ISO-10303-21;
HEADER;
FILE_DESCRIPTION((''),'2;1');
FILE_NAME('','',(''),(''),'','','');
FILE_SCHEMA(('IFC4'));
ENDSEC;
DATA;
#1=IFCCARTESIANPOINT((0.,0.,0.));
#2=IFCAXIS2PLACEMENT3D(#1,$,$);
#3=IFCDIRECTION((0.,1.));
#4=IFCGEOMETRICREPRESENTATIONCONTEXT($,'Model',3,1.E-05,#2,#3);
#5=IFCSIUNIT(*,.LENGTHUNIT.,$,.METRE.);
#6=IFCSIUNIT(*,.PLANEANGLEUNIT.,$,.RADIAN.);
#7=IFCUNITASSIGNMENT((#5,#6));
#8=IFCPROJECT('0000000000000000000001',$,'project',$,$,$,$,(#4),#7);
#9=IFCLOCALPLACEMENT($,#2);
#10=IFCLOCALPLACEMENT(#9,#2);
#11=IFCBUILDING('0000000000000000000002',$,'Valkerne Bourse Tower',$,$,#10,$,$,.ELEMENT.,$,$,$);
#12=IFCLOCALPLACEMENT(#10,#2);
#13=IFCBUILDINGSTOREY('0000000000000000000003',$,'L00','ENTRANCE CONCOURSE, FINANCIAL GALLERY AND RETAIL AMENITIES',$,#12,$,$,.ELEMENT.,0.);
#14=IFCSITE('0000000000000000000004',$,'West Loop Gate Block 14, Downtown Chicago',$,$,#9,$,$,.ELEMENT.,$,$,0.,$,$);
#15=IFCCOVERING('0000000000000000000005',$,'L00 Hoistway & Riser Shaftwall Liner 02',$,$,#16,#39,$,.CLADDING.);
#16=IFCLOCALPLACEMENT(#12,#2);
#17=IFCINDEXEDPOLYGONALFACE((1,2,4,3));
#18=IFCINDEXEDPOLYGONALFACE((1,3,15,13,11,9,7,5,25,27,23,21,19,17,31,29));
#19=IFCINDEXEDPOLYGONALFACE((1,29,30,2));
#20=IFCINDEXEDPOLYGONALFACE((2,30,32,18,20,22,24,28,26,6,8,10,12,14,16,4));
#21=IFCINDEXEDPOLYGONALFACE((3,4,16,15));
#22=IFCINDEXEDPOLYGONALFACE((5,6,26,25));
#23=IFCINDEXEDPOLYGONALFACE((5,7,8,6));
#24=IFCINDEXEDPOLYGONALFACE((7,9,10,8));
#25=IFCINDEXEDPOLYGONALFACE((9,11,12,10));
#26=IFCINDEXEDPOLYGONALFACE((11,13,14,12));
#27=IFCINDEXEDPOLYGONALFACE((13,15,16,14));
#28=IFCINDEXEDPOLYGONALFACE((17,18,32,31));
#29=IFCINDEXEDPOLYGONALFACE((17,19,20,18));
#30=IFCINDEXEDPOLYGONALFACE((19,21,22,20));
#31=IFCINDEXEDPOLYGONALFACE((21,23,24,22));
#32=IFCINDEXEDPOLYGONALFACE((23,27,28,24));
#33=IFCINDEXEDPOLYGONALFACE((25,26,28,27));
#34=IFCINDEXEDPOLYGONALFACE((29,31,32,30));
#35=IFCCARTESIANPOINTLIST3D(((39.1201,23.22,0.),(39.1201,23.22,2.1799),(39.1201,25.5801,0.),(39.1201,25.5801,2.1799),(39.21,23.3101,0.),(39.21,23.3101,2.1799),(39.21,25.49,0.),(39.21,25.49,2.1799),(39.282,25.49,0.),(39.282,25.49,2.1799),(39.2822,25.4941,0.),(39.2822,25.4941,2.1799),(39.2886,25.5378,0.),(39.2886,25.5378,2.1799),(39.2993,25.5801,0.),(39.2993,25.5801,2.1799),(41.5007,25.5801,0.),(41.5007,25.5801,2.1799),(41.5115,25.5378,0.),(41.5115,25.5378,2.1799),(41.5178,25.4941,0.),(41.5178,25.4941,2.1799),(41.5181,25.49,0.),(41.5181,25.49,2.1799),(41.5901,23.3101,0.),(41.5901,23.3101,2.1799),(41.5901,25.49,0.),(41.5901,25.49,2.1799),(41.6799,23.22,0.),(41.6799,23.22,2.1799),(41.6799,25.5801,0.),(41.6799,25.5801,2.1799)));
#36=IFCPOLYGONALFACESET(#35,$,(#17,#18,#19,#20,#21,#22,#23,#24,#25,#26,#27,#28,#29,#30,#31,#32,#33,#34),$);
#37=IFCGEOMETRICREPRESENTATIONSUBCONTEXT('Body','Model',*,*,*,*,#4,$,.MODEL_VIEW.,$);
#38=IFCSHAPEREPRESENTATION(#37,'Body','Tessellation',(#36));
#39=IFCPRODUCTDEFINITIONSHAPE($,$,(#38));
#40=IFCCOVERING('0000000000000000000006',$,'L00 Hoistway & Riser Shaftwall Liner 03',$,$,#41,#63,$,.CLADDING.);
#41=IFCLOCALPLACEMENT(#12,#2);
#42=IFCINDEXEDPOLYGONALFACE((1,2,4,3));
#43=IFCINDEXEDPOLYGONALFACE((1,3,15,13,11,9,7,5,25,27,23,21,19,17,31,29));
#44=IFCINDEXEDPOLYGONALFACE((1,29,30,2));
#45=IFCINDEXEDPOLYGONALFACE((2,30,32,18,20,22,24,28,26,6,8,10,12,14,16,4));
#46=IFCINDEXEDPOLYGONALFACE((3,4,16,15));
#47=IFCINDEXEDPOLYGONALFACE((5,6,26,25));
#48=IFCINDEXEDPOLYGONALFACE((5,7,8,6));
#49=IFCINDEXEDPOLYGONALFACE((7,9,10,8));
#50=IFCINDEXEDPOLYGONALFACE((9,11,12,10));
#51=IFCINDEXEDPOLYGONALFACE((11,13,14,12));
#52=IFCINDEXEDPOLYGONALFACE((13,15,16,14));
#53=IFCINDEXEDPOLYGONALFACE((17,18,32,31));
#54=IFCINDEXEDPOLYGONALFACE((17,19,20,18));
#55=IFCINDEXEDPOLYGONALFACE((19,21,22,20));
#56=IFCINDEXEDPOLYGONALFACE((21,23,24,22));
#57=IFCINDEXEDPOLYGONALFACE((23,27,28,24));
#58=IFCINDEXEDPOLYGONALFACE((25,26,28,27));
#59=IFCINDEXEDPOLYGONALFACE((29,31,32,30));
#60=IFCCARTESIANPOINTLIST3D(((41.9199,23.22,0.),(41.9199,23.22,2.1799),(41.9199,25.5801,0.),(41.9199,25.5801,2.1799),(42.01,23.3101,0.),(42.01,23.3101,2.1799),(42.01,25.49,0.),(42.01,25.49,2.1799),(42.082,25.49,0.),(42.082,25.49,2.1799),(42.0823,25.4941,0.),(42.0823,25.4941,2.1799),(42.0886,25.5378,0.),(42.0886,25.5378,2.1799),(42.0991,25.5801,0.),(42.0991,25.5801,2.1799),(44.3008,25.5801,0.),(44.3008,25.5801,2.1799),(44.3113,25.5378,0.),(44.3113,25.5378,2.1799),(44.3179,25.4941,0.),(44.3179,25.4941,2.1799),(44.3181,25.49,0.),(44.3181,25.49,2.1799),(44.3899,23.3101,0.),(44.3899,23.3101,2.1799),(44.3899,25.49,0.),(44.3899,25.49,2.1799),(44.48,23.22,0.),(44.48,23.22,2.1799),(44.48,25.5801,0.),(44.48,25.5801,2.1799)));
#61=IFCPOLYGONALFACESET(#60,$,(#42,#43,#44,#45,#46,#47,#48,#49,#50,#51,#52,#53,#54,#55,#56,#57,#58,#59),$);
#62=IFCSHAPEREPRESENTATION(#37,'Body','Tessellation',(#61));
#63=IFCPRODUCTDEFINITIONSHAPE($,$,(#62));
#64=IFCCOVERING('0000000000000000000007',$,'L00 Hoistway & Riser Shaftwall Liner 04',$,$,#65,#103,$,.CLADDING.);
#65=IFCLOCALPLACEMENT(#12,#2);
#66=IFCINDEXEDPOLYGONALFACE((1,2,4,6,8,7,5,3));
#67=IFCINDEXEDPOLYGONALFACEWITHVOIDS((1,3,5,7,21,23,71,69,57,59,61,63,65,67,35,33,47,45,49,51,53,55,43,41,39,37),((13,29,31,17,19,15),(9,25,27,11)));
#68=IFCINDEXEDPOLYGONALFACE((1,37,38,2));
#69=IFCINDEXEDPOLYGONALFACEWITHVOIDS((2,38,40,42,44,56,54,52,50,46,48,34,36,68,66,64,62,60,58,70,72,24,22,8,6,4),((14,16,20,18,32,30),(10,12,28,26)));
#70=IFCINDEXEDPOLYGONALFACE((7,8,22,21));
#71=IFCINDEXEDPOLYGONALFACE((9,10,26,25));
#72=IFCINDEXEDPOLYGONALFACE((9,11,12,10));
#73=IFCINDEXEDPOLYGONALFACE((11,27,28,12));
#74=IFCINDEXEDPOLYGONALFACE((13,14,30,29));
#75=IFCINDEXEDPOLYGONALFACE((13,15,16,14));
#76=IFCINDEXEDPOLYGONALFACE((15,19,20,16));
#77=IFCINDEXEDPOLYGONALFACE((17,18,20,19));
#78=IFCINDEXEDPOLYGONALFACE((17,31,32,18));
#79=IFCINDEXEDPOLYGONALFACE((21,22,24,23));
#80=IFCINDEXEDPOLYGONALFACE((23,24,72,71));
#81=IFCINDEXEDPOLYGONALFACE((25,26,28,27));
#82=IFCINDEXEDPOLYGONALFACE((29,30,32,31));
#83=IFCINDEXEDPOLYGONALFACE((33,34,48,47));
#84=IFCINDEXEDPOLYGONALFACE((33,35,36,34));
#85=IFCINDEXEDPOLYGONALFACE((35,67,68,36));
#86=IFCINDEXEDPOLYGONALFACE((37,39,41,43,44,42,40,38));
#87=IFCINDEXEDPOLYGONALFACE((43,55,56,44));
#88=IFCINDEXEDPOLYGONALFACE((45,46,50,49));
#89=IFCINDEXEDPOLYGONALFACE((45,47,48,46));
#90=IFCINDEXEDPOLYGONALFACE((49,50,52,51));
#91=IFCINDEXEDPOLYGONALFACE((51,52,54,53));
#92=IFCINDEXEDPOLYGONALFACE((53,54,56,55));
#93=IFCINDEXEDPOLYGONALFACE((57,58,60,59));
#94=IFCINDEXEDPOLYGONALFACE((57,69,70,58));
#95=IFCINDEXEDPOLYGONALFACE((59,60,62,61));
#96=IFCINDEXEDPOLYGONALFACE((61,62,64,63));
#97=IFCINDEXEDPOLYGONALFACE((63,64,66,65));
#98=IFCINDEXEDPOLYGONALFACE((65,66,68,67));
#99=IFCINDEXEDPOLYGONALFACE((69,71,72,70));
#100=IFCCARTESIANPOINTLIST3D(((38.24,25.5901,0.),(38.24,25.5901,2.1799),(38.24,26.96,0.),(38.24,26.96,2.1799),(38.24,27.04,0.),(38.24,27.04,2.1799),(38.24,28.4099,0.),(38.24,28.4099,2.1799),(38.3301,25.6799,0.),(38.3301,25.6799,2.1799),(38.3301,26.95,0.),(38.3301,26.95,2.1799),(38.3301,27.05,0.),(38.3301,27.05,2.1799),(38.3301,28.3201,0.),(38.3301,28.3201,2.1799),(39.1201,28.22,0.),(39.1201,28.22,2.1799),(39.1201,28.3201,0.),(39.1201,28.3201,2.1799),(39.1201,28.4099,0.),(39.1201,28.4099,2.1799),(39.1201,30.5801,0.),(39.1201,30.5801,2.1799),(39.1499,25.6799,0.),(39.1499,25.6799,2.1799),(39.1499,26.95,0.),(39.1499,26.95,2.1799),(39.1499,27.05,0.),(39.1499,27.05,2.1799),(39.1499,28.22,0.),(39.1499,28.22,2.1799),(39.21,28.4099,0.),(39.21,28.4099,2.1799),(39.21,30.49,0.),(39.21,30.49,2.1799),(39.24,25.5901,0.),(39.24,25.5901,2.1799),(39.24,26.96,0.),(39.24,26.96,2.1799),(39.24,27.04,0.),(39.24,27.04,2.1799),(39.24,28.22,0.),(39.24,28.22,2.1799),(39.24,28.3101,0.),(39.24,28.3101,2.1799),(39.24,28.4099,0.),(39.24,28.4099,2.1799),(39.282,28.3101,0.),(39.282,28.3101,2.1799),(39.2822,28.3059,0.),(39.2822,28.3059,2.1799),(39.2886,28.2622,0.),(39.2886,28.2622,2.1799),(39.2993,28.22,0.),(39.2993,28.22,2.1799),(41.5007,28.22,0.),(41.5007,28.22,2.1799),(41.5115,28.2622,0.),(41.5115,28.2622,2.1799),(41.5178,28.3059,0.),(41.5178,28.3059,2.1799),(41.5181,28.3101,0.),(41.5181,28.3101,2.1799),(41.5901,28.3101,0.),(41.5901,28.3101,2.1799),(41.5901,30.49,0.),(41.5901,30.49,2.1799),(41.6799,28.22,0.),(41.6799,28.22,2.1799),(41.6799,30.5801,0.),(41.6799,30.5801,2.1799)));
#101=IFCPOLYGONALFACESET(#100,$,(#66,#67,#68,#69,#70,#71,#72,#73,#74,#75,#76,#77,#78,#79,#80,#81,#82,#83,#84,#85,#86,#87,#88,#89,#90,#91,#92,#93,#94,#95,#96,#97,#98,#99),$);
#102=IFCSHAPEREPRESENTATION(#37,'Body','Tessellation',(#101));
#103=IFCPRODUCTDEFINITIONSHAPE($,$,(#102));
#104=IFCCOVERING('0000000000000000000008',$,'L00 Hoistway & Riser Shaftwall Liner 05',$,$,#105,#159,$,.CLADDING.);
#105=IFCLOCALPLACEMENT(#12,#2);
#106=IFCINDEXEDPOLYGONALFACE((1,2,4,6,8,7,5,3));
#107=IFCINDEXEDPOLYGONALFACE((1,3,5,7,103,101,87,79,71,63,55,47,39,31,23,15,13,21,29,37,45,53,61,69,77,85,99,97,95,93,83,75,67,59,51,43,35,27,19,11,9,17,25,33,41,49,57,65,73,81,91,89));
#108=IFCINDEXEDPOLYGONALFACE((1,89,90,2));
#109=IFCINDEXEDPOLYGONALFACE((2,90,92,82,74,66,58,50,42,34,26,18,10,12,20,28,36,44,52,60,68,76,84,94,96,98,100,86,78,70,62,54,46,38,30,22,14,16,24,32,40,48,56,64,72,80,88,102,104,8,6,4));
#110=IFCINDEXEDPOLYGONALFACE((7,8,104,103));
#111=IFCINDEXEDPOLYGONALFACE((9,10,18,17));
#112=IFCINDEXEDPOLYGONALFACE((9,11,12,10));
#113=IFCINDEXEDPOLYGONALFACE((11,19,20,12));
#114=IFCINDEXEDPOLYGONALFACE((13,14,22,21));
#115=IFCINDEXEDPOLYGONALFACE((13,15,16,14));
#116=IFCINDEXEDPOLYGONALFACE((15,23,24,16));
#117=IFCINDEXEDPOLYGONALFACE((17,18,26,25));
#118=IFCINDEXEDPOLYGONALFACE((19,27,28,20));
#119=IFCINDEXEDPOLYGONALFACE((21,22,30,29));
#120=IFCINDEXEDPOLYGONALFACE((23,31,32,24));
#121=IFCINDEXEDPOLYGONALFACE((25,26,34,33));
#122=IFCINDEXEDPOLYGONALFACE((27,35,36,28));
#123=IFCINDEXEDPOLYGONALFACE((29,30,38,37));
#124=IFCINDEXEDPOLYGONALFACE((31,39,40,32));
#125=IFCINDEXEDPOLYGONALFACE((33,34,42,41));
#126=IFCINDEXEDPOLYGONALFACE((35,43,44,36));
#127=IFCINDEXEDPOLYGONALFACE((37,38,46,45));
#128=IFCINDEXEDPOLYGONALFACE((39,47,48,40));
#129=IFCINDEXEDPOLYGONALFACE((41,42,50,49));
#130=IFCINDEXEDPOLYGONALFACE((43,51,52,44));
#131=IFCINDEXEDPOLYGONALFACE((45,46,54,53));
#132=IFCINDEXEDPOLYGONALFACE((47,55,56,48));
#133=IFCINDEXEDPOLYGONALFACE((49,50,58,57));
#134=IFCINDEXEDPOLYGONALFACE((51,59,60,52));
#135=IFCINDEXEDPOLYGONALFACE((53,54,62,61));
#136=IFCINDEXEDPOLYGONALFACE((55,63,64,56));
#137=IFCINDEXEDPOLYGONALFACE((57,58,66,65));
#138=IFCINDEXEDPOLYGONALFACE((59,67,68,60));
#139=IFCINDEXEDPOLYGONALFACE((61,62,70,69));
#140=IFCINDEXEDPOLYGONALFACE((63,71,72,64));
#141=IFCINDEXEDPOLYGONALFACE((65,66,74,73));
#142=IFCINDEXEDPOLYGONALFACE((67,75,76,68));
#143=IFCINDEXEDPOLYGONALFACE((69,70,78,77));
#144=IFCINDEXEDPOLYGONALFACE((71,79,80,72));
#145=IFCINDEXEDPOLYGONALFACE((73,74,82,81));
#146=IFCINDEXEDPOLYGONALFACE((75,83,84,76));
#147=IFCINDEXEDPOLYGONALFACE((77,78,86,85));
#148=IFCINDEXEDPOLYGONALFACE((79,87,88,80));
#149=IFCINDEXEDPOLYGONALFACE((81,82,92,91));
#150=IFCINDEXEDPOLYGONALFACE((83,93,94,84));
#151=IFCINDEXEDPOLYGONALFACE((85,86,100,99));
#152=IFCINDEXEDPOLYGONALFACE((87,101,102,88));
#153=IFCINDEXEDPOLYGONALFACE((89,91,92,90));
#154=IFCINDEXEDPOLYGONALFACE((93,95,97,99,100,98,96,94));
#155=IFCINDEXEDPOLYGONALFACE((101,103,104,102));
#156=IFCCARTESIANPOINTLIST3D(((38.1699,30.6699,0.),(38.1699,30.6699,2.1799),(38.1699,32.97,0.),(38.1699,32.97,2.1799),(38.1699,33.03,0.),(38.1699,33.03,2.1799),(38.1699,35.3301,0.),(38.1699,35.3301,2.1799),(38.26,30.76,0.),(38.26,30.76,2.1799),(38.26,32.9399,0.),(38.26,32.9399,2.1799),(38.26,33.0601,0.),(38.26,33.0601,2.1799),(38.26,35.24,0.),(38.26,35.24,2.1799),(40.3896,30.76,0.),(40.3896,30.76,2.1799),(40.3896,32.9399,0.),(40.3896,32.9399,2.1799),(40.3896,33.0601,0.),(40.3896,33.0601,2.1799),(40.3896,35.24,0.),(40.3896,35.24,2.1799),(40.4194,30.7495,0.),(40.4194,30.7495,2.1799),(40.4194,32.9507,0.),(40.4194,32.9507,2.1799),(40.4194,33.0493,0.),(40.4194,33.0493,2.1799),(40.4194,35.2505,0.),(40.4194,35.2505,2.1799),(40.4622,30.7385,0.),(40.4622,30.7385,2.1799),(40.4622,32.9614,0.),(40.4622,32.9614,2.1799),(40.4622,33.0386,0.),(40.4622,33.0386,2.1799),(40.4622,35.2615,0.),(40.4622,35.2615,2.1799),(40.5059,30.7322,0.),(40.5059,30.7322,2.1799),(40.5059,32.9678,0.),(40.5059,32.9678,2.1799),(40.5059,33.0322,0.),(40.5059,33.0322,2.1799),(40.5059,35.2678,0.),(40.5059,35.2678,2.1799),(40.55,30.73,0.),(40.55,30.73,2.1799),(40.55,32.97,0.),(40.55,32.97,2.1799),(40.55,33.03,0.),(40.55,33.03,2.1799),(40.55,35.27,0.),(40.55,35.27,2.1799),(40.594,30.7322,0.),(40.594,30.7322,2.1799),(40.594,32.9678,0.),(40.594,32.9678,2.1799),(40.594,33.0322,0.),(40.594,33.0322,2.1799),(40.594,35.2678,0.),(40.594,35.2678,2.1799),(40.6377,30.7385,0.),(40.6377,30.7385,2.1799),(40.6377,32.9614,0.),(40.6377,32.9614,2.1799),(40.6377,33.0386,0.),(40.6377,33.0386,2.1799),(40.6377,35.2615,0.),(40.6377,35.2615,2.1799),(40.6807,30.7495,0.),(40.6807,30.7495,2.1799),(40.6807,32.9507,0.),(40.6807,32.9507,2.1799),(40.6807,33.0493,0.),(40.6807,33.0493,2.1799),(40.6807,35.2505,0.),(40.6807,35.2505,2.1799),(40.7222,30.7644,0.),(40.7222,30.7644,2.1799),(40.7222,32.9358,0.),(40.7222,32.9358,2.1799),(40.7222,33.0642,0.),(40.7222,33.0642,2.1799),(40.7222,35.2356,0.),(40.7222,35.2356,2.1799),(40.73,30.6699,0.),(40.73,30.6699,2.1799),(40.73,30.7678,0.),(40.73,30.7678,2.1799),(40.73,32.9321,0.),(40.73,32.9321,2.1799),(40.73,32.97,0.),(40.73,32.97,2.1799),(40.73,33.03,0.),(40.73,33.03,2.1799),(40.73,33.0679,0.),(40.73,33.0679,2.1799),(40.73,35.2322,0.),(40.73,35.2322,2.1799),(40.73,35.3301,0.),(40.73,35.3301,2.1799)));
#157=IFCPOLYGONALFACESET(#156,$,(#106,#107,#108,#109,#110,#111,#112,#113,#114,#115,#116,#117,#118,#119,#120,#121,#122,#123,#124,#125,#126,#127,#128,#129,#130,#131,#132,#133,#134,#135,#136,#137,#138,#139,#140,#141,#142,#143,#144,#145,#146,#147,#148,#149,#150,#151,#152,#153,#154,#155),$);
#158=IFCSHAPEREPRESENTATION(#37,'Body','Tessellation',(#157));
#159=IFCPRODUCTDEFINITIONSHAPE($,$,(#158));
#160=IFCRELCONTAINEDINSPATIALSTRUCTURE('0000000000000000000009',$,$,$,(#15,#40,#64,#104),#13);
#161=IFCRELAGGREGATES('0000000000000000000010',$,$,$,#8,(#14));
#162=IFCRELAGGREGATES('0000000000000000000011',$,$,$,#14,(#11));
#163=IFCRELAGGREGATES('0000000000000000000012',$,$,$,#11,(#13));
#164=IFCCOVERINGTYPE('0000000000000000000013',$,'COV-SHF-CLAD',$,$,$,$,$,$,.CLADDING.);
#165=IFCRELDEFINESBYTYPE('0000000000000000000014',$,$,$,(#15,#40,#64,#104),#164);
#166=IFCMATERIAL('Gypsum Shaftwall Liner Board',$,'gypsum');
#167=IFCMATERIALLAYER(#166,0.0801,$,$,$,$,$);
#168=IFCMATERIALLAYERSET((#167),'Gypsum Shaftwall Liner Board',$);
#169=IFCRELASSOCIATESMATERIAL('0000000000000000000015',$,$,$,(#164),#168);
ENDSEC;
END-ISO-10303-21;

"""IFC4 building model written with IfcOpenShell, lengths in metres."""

from ifc_helpers import new_model, si_unit, direction, origin, place, context, subcontext, project, spatial, polyline, outline, extrude, material, layer, layer_set, type_object, element, save


model = new_model("IFC4")

# Units and contexts
model_context = context("Model", 3, precision=1e-05, world=origin(), true_north=direction((0.0, 1.0)))
body_context = subcontext(model_context, "Body", "Model", "MODEL_VIEW")
ifc_project = project(units=[si_unit("LENGTHUNIT", "METRE"), si_unit("PLANEANGLEUNIT", "RADIAN")], contexts=[model_context])

# Site, building, storey
site_placement = place(None, origin())
site = spatial("IfcSite", under=ifc_project, at=site_placement, Name="West Loop Gate Block 14, Downtown Chicago", CompositionType="ELEMENT", RefElevation=0.0)
building_placement = place(site_placement, origin())
building = spatial("IfcBuilding", under=site, at=building_placement, Name="Valkerne Bourse Tower", CompositionType="ELEMENT")
storey_placement = place(building_placement, origin())
storey = spatial("IfcBuildingStorey", under=building, at=storey_placement, Name="L00", Description="ENTRANCE CONCOURSE, FINANCIAL GALLERY AND RETAIL AMENITIES", CompositionType="ELEMENT", Elevation=0.0)

# Coverings
ifc_material_1 = material(Name="Gypsum Shaftwall Liner Board", Category="gypsum")
ifc_layer_1 = layer(ifc_material_1, 0.0801)
ifc_layer_set_1 = layer_set([ifc_layer_1], Name="Gypsum Shaftwall Liner Board")
covering_type = type_object("IfcCoveringType", Name="COV-SHF-CLAD", PredefinedType="CLADDING", material=ifc_layer_set_1)
covering_1_placement = place(storey_placement, origin())
element("IfcCovering", 1, at=covering_1_placement, inside=storey, type_object=covering_type, Name="L00 Hoistway & Riser Shaftwall Liner 02", PredefinedType="CLADDING", context=body_context, shape_type="SweptSolid", body=[
    extrude(outline(polyline([(41.6799, 23.22), (39.1201, 23.22), (39.1201, 25.5801), (39.2993, 25.5801), (39.2886, 25.5378), (39.2822, 25.4941), (39.282, 25.49), (39.21, 25.49), (39.21, 23.3101), (41.5901, 23.3101), (41.5901, 25.49), (41.5181, 25.49), (41.5178, 25.4941), (41.5115, 25.5378), (41.5007, 25.5801), (41.6799, 25.5801), (41.6799, 23.22)])), origin(), (0.0, 0.0, 1.0), 2.1799),
])
covering_2_placement = place(storey_placement, origin())
element("IfcCovering", 2, at=covering_2_placement, inside=storey, type_object=covering_type, Name="L00 Hoistway & Riser Shaftwall Liner 03", PredefinedType="CLADDING", context=body_context, shape_type="SweptSolid", body=[
    extrude(outline(polyline([(44.48, 23.22), (41.9199, 23.22), (41.9199, 25.5801), (42.0991, 25.5801), (42.0886, 25.5378), (42.0823, 25.4941), (42.082, 25.49), (42.01, 25.49), (42.01, 23.3101), (44.3899, 23.3101), (44.3899, 25.49), (44.3181, 25.49), (44.3179, 25.4941), (44.3113, 25.5378), (44.3008, 25.5801), (44.48, 25.5801), (44.48, 23.22)])), origin(), (0.0, 0.0, 1.0), 2.1799),
])
covering_3_placement = place(storey_placement, origin())
element("IfcCovering", 3, at=covering_3_placement, inside=storey, type_object=covering_type, Name="L00 Hoistway & Riser Shaftwall Liner 04", PredefinedType="CLADDING", context=body_context, shape_type="SweptSolid", body=[
    extrude(outline(polyline([(38.24, 28.4099), (39.1201, 28.4099), (39.1201, 30.5801), (41.6799, 30.5801), (41.6799, 28.22), (41.5007, 28.22), (41.5115, 28.2622), (41.5178, 28.3059), (41.5181, 28.3101), (41.5901, 28.3101), (41.5901, 30.49), (39.21, 30.49), (39.21, 28.4099), (39.24, 28.4099), (39.24, 28.3101), (39.282, 28.3101), (39.2822, 28.3059), (39.2886, 28.2622), (39.2993, 28.22), (39.24, 28.22), (39.24, 27.04), (39.24, 26.96), (39.24, 25.5901), (38.24, 25.5901), (38.24, 26.96), (38.24, 27.04), (38.24, 28.4099)]), holes=[polyline([(38.3301, 26.95), (38.3301, 25.6799), (39.1499, 25.6799), (39.1499, 26.95), (38.3301, 26.95)]), polyline([(39.1201, 28.22), (39.1201, 28.3201), (38.3301, 28.3201), (38.3301, 27.05), (39.1499, 27.05), (39.1499, 28.22), (39.1201, 28.22)])]), origin(), (0.0, 0.0, 1.0), 2.1799),
])
covering_4_placement = place(storey_placement, origin())
element("IfcCovering", 4, at=covering_4_placement, inside=storey, type_object=covering_type, Name="L00 Hoistway & Riser Shaftwall Liner 05", PredefinedType="CLADDING", context=body_context, shape_type="SweptSolid", body=[
    extrude(outline(polyline([(38.1699, 35.3301), (40.73, 35.3301), (40.73, 35.2322), (40.7222, 35.2356), (40.6807, 35.2505), (40.6377, 35.2615), (40.594, 35.2678), (40.55, 35.27), (40.5059, 35.2678), (40.4622, 35.2615), (40.4194, 35.2505), (40.3896, 35.24), (38.26, 35.24), (38.26, 33.0601), (40.3896, 33.0601), (40.4194, 33.0493), (40.4622, 33.0386), (40.5059, 33.0322), (40.55, 33.03), (40.594, 33.0322), (40.6377, 33.0386), (40.6807, 33.0493), (40.7222, 33.0642), (40.73, 33.0679), (40.73, 33.03), (40.73, 32.97), (40.73, 32.9321), (40.7222, 32.9358), (40.6807, 32.9507), (40.6377, 32.9614), (40.594, 32.9678), (40.55, 32.97), (40.5059, 32.9678), (40.4622, 32.9614), (40.4194, 32.9507), (40.3896, 32.9399), (38.26, 32.9399), (38.26, 30.76), (40.3896, 30.76), (40.4194, 30.7495), (40.4622, 30.7385), (40.5059, 30.7322), (40.55, 30.73), (40.594, 30.7322), (40.6377, 30.7385), (40.6807, 30.7495), (40.7222, 30.7644), (40.73, 30.7678), (40.73, 30.6699), (38.1699, 30.6699), (38.1699, 32.97), (38.1699, 33.03), (38.1699, 35.3301)])), origin(), (0.0, 0.0, 1.0), 2.1799),
])

save(model, "model.ifc")
